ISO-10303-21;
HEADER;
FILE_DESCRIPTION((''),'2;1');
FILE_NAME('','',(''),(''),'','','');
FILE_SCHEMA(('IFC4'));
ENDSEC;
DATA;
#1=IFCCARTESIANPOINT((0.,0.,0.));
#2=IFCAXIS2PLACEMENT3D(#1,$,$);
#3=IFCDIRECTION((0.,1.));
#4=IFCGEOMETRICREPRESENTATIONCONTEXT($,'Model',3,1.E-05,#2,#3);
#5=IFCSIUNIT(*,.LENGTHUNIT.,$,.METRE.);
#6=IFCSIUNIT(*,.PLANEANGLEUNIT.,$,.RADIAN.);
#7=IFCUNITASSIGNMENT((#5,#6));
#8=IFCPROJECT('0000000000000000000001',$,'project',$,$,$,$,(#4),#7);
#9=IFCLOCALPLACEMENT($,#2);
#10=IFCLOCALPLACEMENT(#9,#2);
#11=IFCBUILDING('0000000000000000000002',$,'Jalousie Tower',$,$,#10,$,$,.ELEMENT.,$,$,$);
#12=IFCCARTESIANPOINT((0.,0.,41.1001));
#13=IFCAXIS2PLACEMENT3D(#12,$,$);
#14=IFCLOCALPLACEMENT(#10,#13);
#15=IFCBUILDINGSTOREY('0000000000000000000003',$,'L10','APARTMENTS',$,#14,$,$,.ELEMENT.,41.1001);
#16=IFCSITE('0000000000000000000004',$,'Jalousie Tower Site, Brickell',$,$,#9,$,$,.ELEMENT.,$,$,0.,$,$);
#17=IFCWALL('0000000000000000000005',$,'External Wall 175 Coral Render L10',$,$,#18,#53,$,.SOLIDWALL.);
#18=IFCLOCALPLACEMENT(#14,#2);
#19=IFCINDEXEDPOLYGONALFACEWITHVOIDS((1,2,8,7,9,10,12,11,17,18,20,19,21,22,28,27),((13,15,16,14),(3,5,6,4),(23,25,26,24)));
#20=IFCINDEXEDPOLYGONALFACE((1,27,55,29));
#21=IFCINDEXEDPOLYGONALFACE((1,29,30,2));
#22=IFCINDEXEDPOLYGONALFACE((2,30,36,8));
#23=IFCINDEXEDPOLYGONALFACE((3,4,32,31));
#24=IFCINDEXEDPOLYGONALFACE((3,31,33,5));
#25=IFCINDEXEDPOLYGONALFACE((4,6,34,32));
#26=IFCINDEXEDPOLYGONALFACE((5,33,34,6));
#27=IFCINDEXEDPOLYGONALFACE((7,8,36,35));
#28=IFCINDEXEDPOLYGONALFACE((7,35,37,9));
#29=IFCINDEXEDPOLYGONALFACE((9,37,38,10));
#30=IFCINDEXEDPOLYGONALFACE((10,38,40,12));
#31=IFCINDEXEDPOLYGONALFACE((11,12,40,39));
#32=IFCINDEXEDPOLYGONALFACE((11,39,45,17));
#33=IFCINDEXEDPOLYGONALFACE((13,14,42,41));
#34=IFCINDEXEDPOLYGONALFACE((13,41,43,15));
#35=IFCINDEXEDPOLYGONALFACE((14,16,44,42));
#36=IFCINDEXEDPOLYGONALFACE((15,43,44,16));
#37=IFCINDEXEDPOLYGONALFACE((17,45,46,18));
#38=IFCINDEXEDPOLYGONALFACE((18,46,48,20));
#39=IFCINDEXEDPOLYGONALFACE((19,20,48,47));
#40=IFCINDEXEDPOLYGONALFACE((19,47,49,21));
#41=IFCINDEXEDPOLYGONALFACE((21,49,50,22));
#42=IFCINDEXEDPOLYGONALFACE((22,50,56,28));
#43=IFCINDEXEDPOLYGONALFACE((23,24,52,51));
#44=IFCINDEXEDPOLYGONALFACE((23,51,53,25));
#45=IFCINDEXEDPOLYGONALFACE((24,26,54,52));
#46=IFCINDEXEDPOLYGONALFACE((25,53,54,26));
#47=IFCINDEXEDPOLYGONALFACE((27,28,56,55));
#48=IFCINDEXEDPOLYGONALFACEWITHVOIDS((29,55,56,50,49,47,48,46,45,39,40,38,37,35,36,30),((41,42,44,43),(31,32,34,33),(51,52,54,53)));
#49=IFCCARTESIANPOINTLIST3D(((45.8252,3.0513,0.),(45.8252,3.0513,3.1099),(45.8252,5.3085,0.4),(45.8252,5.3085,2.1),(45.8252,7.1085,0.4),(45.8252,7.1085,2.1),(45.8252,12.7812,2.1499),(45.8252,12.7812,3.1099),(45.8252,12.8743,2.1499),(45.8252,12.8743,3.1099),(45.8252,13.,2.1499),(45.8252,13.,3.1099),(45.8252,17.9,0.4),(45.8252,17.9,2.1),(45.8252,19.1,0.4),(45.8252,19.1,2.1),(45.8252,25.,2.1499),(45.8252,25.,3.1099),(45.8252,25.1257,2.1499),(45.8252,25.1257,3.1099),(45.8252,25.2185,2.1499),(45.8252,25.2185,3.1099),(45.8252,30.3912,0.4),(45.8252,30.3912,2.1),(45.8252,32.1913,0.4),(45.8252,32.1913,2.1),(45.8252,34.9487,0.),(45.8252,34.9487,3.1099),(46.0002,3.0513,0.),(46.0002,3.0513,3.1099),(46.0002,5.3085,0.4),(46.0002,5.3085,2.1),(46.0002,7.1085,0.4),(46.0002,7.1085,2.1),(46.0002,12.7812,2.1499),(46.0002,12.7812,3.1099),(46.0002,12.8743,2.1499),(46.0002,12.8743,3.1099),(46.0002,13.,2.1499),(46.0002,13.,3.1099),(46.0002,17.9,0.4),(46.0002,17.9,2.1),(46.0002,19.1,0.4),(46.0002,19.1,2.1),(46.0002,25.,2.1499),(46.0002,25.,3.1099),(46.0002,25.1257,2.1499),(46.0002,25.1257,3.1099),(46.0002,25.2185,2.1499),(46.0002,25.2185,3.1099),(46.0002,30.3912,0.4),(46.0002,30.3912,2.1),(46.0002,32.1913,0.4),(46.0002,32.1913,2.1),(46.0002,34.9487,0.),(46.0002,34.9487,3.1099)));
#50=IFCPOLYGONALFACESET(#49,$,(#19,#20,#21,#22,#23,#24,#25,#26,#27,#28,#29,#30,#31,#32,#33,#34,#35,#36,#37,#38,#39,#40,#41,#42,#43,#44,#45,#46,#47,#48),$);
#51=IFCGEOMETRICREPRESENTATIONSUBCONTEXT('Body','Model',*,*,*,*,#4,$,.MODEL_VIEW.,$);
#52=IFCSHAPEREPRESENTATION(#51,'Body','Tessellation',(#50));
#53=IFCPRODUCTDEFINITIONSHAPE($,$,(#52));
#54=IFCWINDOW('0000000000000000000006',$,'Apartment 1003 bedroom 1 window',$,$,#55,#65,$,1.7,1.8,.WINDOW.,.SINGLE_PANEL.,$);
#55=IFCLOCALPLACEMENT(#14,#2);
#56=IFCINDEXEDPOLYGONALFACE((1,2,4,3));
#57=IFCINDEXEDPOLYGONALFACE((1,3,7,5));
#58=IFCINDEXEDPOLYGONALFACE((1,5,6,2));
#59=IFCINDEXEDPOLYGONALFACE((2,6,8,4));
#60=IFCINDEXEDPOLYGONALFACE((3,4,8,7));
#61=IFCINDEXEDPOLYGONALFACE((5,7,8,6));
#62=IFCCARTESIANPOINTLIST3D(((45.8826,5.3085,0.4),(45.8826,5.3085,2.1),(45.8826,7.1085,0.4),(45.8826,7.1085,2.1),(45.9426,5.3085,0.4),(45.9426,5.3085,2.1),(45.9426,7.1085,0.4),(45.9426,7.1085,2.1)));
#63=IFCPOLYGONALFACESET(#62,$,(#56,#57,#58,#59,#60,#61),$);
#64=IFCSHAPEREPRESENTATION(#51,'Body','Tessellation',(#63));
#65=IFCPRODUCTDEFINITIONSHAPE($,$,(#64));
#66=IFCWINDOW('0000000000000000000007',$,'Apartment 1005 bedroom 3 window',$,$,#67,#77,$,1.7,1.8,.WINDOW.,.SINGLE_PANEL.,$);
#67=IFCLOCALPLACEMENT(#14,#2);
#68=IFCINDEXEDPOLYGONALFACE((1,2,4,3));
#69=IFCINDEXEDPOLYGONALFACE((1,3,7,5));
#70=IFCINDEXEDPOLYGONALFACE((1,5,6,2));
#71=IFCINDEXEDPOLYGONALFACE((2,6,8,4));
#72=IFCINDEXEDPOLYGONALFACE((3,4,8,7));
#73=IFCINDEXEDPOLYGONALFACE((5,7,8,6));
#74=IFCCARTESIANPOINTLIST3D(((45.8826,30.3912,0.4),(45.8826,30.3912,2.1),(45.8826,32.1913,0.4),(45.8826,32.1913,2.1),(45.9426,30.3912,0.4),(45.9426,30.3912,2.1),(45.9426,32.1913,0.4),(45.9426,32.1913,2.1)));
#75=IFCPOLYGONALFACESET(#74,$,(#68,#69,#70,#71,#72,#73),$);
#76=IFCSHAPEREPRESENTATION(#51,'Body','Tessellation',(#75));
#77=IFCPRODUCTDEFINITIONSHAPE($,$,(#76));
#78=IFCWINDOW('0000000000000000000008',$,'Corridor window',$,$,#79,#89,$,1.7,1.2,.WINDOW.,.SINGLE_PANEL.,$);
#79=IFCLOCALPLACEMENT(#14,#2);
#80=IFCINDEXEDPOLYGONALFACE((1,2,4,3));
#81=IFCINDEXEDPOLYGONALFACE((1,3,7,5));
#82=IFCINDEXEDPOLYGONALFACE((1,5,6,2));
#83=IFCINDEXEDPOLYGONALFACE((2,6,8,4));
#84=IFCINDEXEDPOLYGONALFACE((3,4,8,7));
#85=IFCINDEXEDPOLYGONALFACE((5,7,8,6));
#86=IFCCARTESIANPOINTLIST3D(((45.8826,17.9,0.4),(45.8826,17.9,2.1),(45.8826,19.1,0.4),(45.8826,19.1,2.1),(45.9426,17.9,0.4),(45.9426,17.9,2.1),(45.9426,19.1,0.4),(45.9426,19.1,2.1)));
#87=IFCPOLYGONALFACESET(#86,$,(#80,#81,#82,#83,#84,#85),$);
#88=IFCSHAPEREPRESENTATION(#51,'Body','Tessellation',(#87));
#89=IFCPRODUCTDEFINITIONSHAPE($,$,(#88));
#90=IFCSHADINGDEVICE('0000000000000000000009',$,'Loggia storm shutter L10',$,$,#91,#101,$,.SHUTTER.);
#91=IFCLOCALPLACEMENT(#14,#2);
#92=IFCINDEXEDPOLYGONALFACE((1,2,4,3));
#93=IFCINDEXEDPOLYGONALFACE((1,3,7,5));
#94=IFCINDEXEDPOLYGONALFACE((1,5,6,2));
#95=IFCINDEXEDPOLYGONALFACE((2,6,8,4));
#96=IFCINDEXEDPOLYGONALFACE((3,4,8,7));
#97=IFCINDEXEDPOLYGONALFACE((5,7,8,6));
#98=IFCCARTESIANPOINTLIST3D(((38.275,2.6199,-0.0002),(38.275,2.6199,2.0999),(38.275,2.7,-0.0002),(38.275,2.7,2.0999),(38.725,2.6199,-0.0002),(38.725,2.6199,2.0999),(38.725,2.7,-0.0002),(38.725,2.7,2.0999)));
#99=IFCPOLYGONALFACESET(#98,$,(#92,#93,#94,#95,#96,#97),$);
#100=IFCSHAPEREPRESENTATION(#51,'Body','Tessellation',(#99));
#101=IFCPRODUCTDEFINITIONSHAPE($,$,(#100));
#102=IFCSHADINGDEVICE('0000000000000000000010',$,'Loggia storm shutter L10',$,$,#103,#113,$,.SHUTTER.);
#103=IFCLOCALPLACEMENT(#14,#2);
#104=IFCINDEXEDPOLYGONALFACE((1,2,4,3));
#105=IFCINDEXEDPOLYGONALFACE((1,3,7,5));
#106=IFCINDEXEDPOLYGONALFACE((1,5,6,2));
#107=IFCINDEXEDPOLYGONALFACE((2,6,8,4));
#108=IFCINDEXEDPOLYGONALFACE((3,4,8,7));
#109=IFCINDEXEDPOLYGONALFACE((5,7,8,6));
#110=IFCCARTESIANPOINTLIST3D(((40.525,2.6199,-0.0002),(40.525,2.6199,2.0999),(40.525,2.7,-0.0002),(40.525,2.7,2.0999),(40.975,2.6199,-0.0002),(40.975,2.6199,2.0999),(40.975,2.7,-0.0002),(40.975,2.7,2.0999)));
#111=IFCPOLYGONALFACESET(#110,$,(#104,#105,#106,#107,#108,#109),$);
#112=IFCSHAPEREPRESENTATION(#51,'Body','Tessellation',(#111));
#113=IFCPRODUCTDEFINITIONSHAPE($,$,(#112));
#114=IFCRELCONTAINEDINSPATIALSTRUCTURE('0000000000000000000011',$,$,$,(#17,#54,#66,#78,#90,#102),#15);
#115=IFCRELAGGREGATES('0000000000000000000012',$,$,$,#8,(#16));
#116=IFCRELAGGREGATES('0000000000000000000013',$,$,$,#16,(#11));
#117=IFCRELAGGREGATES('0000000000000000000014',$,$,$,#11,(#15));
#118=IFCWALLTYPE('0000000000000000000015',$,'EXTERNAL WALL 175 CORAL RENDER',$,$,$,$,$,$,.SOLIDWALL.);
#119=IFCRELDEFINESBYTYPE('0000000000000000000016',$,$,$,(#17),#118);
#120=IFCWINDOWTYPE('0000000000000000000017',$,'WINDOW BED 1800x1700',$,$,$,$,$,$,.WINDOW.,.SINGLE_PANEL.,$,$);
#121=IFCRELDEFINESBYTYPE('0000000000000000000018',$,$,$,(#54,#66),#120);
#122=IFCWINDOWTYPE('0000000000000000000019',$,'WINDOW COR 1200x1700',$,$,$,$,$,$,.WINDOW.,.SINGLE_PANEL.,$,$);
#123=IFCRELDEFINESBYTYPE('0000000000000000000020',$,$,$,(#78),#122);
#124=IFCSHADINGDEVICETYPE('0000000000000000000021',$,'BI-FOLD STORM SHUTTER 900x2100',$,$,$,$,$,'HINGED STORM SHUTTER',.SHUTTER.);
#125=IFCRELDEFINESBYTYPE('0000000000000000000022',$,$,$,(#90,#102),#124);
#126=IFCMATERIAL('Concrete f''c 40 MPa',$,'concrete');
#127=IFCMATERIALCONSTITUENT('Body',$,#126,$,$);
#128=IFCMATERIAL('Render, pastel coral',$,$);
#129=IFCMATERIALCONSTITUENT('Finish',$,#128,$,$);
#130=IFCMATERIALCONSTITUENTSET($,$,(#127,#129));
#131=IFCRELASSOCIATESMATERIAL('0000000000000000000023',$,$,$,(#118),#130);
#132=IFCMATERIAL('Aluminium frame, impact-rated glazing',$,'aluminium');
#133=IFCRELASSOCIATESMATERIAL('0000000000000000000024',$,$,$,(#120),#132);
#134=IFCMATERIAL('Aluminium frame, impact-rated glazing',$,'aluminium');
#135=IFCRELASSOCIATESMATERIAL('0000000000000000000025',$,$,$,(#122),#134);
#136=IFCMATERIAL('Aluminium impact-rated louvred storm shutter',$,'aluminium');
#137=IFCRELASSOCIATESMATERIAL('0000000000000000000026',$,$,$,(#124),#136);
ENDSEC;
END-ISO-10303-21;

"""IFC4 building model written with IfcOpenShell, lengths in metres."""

from ifc_helpers import new_model, si_unit, direction, frame, frame_2d, origin, origin_2d, place, context, subcontext, project, spatial, polyline, rectangle, outline, extrude, material, constituent, constituent_set, type_object, element, fill, save


model = new_model("IFC4")

# Units and contexts
model_context = context("Model", 3, precision=1e-05, world=origin(), true_north=direction((0.0, 1.0)))
body_context = subcontext(model_context, "Body", "Model", "MODEL_VIEW")
ifc_project = project(units=[si_unit("LENGTHUNIT", "METRE"), si_unit("PLANEANGLEUNIT", "RADIAN")], contexts=[model_context])

# Site, building, storey
site_placement = place(None, origin())
site = spatial("IfcSite", under=ifc_project, at=site_placement, Name="Jalousie Tower Site, Brickell", CompositionType="ELEMENT", RefElevation=0.0)
building_placement = place(site_placement, origin())
building = spatial("IfcBuilding", under=site, at=building_placement, Name="Jalousie Tower", CompositionType="ELEMENT")
storey_placement = place(building_placement, frame((0.0, 0.0, 41.1001)))
storey = spatial("IfcBuildingStorey", under=building, at=storey_placement, Name="L10", Description="APARTMENTS", CompositionType="ELEMENT", Elevation=41.1001)

# Shared definitions
ifc_material_1 = material(Name="Concrete f'c 40 MPa", Category="concrete")
ifc_constituent_1 = constituent(ifc_material_1, Name="Body")
ifc_material_2 = material(Name="Render, pastel coral")
ifc_constituent_2 = constituent(ifc_material_2, Name="Finish")
ifc_constituent_set = constituent_set(constituents=[ifc_constituent_1, ifc_constituent_2])
wall_type = type_object("IfcWallType", Name="EXTERNAL WALL 175 CORAL RENDER", PredefinedType="SOLIDWALL", material=ifc_constituent_set)

# Wall, openings, windows
wall_1_placement = place(storey_placement, frame((45.9126, 3.0513, 0.0), z_axis=(0.0, 0.0, 1.0), x_axis=(0.0, 1.0, 0.0)))
wall_1 = element("IfcWall", 1, at=wall_1_placement, inside=storey, type_object=wall_type, Name="External Wall 175 Coral Render L10", PredefinedType="SOLIDWALL", context=body_context, shape_type="SweptSolid", body=[
    extrude(outline(polyline([(0.0, 0.0), (31.8975, 0.0), (31.8975, 3.1099), (22.1672, 3.1099), (22.1672, 2.1499), (22.0745, 2.1499), (22.0745, 3.1099), (21.9487, 3.1099), (21.9487, 2.1499), (9.9487, 2.1499), (9.9487, 3.1099), (9.823, 3.1099), (9.823, 2.1499), (9.73, 2.1499), (9.73, 3.1099), (0.0, 3.1099), (0.0, 0.0)])), frame((0.0, 0.0874, 0.0), z_axis=(0.0, -1.0, 0.0), x_axis=(1.0, 0.0, 0.0)), (0.0, 0.0, 1.0), 0.175),
])
opening_1_placement = place(wall_1_placement, frame((2.2573, 0.0, 0.3999)))
opening_1 = element("IfcOpeningElement", 2, at=opening_1_placement, cuts=wall_1, PredefinedType="OPENING", context=body_context, shape_type="SweptSolid", body=[
    extrude(rectangle(XDim=1.8, YDim=1.7, at=frame_2d((0.8999, 0.8501))), frame((0.0, 0.0974, 0.0), z_axis=(0.0, -1.0, 0.0), x_axis=(1.0, 0.0, 0.0)), (0.0, 0.0, 1.0), 0.1951),
])
opening_2_placement = place(wall_1_placement, frame((14.8486, 0.0, 0.3999)))
opening_2 = element("IfcOpeningElement", 3, at=opening_2_placement, cuts=wall_1, PredefinedType="OPENING", context=body_context, shape_type="SweptSolid", body=[
    extrude(rectangle(XDim=1.2, YDim=1.7, at=frame_2d((0.6001, 0.8501))), frame((0.0, 0.0974, 0.0), z_axis=(0.0, -1.0, 0.0), x_axis=(1.0, 0.0, 0.0)), (0.0, 0.0, 1.0), 0.1951),
])
opening_3_placement = place(wall_1_placement, frame((27.3401, 0.0, 0.3999)))
opening_3 = element("IfcOpeningElement", 4, at=opening_3_placement, cuts=wall_1, PredefinedType="OPENING", context=body_context, shape_type="SweptSolid", body=[
    extrude(rectangle(XDim=1.8, YDim=1.7, at=frame_2d((0.8999, 0.8501))), frame((0.0, 0.0974, 0.0), z_axis=(0.0, -1.0, 0.0), x_axis=(1.0, 0.0, 0.0)), (0.0, 0.0, 1.0), 0.1951),
])
ifc_material_3 = material(Name="Aluminium frame, impact-rated glazing", Category="aluminium")
window_type_1 = type_object("IfcWindowType", Name="WINDOW BED 1800x1700", PartitioningType="SINGLE_PANEL", PredefinedType="WINDOW", material=ifc_material_3)
window_1_placement = place(opening_1_placement, origin())
window_1 = element("IfcWindow", 5, at=window_1_placement, inside=storey, type_object=window_type_1, Name="Apartment 1003 bedroom 1 window", OverallHeight=1.7, OverallWidth=1.8, PartitioningType="SINGLE_PANEL", PredefinedType="WINDOW", context=body_context, shape_type="SweptSolid", body=[
    extrude(rectangle(XDim=1.8, YDim=1.7, at=frame_2d((0.8999, 0.8501))), frame((0.0, 0.03, 0.0), z_axis=(0.0, -1.0, 0.0), x_axis=(1.0, 0.0, 0.0)), (0.0, 0.0, 1.0), 0.0601),
])
fill(opening_1, window_1)
window_2_placement = place(opening_3_placement, origin())
window_2 = element("IfcWindow", 6, at=window_2_placement, inside=storey, type_object=window_type_1, Name="Apartment 1005 bedroom 3 window", OverallHeight=1.7, OverallWidth=1.8, PartitioningType="SINGLE_PANEL", PredefinedType="WINDOW", context=body_context, shape_type="SweptSolid", body=[
    extrude(rectangle(XDim=1.8, YDim=1.7, at=frame_2d((0.8999, 0.8501))), frame((0.0, 0.03, 0.0), z_axis=(0.0, -1.0, 0.0), x_axis=(1.0, 0.0, 0.0)), (0.0, 0.0, 1.0), 0.0601),
])
fill(opening_3, window_2)
ifc_material_4 = material(Name="Aluminium frame, impact-rated glazing", Category="aluminium")
window_type_2 = type_object("IfcWindowType", Name="WINDOW COR 1200x1700", PartitioningType="SINGLE_PANEL", PredefinedType="WINDOW", material=ifc_material_4)
window_3_placement = place(opening_2_placement, origin())
window_3 = element("IfcWindow", 7, at=window_3_placement, inside=storey, type_object=window_type_2, Name="Corridor window", OverallHeight=1.7, OverallWidth=1.2, PartitioningType="SINGLE_PANEL", PredefinedType="WINDOW", context=body_context, shape_type="SweptSolid", body=[
    extrude(rectangle(XDim=1.2, YDim=1.7, at=frame_2d((0.6001, 0.8501))), frame((0.0, 0.03, 0.0), z_axis=(0.0, -1.0, 0.0), x_axis=(1.0, 0.0, 0.0)), (0.0, 0.0, 1.0), 0.0601),
])
fill(opening_2, window_3)

# Shading devices
ifc_material_5 = material(Name="Aluminium impact-rated louvred storm shutter", Category="aluminium")
shading_device_type_1 = type_object("IfcShadingDeviceType", Name="BI-FOLD STORM SHUTTER 900x2100", ElementType="HINGED STORM SHUTTER", PredefinedType="SHUTTER", material=ifc_material_5)
for number, where, z_axis, x_axis, name in (
    (8, (38.5, 2.6599, -0.0002), (0.0, 0.0, 1.0), (1.0, 0.0, 0.0), "Loggia storm shutter L10"),
    (9, (40.75, 2.6599, -0.0002), (0.0, 0.0, 1.0), (1.0, 0.0, 0.0), "Loggia storm shutter L10"),
):
    element("IfcShadingDevice", number, at=place(storey_placement, frame(where, z_axis=z_axis, x_axis=x_axis)), inside=storey, type_object=shading_device_type_1, Name=name, PredefinedType="SHUTTER", context=body_context, shape_type="SweptSolid", body=[
        extrude(rectangle(XDim=0.45, YDim=0.0801, at=origin_2d()), origin(), (0.0, 0.0, 1.0), 2.1001),
    ])

save(model, "model.ifc")
